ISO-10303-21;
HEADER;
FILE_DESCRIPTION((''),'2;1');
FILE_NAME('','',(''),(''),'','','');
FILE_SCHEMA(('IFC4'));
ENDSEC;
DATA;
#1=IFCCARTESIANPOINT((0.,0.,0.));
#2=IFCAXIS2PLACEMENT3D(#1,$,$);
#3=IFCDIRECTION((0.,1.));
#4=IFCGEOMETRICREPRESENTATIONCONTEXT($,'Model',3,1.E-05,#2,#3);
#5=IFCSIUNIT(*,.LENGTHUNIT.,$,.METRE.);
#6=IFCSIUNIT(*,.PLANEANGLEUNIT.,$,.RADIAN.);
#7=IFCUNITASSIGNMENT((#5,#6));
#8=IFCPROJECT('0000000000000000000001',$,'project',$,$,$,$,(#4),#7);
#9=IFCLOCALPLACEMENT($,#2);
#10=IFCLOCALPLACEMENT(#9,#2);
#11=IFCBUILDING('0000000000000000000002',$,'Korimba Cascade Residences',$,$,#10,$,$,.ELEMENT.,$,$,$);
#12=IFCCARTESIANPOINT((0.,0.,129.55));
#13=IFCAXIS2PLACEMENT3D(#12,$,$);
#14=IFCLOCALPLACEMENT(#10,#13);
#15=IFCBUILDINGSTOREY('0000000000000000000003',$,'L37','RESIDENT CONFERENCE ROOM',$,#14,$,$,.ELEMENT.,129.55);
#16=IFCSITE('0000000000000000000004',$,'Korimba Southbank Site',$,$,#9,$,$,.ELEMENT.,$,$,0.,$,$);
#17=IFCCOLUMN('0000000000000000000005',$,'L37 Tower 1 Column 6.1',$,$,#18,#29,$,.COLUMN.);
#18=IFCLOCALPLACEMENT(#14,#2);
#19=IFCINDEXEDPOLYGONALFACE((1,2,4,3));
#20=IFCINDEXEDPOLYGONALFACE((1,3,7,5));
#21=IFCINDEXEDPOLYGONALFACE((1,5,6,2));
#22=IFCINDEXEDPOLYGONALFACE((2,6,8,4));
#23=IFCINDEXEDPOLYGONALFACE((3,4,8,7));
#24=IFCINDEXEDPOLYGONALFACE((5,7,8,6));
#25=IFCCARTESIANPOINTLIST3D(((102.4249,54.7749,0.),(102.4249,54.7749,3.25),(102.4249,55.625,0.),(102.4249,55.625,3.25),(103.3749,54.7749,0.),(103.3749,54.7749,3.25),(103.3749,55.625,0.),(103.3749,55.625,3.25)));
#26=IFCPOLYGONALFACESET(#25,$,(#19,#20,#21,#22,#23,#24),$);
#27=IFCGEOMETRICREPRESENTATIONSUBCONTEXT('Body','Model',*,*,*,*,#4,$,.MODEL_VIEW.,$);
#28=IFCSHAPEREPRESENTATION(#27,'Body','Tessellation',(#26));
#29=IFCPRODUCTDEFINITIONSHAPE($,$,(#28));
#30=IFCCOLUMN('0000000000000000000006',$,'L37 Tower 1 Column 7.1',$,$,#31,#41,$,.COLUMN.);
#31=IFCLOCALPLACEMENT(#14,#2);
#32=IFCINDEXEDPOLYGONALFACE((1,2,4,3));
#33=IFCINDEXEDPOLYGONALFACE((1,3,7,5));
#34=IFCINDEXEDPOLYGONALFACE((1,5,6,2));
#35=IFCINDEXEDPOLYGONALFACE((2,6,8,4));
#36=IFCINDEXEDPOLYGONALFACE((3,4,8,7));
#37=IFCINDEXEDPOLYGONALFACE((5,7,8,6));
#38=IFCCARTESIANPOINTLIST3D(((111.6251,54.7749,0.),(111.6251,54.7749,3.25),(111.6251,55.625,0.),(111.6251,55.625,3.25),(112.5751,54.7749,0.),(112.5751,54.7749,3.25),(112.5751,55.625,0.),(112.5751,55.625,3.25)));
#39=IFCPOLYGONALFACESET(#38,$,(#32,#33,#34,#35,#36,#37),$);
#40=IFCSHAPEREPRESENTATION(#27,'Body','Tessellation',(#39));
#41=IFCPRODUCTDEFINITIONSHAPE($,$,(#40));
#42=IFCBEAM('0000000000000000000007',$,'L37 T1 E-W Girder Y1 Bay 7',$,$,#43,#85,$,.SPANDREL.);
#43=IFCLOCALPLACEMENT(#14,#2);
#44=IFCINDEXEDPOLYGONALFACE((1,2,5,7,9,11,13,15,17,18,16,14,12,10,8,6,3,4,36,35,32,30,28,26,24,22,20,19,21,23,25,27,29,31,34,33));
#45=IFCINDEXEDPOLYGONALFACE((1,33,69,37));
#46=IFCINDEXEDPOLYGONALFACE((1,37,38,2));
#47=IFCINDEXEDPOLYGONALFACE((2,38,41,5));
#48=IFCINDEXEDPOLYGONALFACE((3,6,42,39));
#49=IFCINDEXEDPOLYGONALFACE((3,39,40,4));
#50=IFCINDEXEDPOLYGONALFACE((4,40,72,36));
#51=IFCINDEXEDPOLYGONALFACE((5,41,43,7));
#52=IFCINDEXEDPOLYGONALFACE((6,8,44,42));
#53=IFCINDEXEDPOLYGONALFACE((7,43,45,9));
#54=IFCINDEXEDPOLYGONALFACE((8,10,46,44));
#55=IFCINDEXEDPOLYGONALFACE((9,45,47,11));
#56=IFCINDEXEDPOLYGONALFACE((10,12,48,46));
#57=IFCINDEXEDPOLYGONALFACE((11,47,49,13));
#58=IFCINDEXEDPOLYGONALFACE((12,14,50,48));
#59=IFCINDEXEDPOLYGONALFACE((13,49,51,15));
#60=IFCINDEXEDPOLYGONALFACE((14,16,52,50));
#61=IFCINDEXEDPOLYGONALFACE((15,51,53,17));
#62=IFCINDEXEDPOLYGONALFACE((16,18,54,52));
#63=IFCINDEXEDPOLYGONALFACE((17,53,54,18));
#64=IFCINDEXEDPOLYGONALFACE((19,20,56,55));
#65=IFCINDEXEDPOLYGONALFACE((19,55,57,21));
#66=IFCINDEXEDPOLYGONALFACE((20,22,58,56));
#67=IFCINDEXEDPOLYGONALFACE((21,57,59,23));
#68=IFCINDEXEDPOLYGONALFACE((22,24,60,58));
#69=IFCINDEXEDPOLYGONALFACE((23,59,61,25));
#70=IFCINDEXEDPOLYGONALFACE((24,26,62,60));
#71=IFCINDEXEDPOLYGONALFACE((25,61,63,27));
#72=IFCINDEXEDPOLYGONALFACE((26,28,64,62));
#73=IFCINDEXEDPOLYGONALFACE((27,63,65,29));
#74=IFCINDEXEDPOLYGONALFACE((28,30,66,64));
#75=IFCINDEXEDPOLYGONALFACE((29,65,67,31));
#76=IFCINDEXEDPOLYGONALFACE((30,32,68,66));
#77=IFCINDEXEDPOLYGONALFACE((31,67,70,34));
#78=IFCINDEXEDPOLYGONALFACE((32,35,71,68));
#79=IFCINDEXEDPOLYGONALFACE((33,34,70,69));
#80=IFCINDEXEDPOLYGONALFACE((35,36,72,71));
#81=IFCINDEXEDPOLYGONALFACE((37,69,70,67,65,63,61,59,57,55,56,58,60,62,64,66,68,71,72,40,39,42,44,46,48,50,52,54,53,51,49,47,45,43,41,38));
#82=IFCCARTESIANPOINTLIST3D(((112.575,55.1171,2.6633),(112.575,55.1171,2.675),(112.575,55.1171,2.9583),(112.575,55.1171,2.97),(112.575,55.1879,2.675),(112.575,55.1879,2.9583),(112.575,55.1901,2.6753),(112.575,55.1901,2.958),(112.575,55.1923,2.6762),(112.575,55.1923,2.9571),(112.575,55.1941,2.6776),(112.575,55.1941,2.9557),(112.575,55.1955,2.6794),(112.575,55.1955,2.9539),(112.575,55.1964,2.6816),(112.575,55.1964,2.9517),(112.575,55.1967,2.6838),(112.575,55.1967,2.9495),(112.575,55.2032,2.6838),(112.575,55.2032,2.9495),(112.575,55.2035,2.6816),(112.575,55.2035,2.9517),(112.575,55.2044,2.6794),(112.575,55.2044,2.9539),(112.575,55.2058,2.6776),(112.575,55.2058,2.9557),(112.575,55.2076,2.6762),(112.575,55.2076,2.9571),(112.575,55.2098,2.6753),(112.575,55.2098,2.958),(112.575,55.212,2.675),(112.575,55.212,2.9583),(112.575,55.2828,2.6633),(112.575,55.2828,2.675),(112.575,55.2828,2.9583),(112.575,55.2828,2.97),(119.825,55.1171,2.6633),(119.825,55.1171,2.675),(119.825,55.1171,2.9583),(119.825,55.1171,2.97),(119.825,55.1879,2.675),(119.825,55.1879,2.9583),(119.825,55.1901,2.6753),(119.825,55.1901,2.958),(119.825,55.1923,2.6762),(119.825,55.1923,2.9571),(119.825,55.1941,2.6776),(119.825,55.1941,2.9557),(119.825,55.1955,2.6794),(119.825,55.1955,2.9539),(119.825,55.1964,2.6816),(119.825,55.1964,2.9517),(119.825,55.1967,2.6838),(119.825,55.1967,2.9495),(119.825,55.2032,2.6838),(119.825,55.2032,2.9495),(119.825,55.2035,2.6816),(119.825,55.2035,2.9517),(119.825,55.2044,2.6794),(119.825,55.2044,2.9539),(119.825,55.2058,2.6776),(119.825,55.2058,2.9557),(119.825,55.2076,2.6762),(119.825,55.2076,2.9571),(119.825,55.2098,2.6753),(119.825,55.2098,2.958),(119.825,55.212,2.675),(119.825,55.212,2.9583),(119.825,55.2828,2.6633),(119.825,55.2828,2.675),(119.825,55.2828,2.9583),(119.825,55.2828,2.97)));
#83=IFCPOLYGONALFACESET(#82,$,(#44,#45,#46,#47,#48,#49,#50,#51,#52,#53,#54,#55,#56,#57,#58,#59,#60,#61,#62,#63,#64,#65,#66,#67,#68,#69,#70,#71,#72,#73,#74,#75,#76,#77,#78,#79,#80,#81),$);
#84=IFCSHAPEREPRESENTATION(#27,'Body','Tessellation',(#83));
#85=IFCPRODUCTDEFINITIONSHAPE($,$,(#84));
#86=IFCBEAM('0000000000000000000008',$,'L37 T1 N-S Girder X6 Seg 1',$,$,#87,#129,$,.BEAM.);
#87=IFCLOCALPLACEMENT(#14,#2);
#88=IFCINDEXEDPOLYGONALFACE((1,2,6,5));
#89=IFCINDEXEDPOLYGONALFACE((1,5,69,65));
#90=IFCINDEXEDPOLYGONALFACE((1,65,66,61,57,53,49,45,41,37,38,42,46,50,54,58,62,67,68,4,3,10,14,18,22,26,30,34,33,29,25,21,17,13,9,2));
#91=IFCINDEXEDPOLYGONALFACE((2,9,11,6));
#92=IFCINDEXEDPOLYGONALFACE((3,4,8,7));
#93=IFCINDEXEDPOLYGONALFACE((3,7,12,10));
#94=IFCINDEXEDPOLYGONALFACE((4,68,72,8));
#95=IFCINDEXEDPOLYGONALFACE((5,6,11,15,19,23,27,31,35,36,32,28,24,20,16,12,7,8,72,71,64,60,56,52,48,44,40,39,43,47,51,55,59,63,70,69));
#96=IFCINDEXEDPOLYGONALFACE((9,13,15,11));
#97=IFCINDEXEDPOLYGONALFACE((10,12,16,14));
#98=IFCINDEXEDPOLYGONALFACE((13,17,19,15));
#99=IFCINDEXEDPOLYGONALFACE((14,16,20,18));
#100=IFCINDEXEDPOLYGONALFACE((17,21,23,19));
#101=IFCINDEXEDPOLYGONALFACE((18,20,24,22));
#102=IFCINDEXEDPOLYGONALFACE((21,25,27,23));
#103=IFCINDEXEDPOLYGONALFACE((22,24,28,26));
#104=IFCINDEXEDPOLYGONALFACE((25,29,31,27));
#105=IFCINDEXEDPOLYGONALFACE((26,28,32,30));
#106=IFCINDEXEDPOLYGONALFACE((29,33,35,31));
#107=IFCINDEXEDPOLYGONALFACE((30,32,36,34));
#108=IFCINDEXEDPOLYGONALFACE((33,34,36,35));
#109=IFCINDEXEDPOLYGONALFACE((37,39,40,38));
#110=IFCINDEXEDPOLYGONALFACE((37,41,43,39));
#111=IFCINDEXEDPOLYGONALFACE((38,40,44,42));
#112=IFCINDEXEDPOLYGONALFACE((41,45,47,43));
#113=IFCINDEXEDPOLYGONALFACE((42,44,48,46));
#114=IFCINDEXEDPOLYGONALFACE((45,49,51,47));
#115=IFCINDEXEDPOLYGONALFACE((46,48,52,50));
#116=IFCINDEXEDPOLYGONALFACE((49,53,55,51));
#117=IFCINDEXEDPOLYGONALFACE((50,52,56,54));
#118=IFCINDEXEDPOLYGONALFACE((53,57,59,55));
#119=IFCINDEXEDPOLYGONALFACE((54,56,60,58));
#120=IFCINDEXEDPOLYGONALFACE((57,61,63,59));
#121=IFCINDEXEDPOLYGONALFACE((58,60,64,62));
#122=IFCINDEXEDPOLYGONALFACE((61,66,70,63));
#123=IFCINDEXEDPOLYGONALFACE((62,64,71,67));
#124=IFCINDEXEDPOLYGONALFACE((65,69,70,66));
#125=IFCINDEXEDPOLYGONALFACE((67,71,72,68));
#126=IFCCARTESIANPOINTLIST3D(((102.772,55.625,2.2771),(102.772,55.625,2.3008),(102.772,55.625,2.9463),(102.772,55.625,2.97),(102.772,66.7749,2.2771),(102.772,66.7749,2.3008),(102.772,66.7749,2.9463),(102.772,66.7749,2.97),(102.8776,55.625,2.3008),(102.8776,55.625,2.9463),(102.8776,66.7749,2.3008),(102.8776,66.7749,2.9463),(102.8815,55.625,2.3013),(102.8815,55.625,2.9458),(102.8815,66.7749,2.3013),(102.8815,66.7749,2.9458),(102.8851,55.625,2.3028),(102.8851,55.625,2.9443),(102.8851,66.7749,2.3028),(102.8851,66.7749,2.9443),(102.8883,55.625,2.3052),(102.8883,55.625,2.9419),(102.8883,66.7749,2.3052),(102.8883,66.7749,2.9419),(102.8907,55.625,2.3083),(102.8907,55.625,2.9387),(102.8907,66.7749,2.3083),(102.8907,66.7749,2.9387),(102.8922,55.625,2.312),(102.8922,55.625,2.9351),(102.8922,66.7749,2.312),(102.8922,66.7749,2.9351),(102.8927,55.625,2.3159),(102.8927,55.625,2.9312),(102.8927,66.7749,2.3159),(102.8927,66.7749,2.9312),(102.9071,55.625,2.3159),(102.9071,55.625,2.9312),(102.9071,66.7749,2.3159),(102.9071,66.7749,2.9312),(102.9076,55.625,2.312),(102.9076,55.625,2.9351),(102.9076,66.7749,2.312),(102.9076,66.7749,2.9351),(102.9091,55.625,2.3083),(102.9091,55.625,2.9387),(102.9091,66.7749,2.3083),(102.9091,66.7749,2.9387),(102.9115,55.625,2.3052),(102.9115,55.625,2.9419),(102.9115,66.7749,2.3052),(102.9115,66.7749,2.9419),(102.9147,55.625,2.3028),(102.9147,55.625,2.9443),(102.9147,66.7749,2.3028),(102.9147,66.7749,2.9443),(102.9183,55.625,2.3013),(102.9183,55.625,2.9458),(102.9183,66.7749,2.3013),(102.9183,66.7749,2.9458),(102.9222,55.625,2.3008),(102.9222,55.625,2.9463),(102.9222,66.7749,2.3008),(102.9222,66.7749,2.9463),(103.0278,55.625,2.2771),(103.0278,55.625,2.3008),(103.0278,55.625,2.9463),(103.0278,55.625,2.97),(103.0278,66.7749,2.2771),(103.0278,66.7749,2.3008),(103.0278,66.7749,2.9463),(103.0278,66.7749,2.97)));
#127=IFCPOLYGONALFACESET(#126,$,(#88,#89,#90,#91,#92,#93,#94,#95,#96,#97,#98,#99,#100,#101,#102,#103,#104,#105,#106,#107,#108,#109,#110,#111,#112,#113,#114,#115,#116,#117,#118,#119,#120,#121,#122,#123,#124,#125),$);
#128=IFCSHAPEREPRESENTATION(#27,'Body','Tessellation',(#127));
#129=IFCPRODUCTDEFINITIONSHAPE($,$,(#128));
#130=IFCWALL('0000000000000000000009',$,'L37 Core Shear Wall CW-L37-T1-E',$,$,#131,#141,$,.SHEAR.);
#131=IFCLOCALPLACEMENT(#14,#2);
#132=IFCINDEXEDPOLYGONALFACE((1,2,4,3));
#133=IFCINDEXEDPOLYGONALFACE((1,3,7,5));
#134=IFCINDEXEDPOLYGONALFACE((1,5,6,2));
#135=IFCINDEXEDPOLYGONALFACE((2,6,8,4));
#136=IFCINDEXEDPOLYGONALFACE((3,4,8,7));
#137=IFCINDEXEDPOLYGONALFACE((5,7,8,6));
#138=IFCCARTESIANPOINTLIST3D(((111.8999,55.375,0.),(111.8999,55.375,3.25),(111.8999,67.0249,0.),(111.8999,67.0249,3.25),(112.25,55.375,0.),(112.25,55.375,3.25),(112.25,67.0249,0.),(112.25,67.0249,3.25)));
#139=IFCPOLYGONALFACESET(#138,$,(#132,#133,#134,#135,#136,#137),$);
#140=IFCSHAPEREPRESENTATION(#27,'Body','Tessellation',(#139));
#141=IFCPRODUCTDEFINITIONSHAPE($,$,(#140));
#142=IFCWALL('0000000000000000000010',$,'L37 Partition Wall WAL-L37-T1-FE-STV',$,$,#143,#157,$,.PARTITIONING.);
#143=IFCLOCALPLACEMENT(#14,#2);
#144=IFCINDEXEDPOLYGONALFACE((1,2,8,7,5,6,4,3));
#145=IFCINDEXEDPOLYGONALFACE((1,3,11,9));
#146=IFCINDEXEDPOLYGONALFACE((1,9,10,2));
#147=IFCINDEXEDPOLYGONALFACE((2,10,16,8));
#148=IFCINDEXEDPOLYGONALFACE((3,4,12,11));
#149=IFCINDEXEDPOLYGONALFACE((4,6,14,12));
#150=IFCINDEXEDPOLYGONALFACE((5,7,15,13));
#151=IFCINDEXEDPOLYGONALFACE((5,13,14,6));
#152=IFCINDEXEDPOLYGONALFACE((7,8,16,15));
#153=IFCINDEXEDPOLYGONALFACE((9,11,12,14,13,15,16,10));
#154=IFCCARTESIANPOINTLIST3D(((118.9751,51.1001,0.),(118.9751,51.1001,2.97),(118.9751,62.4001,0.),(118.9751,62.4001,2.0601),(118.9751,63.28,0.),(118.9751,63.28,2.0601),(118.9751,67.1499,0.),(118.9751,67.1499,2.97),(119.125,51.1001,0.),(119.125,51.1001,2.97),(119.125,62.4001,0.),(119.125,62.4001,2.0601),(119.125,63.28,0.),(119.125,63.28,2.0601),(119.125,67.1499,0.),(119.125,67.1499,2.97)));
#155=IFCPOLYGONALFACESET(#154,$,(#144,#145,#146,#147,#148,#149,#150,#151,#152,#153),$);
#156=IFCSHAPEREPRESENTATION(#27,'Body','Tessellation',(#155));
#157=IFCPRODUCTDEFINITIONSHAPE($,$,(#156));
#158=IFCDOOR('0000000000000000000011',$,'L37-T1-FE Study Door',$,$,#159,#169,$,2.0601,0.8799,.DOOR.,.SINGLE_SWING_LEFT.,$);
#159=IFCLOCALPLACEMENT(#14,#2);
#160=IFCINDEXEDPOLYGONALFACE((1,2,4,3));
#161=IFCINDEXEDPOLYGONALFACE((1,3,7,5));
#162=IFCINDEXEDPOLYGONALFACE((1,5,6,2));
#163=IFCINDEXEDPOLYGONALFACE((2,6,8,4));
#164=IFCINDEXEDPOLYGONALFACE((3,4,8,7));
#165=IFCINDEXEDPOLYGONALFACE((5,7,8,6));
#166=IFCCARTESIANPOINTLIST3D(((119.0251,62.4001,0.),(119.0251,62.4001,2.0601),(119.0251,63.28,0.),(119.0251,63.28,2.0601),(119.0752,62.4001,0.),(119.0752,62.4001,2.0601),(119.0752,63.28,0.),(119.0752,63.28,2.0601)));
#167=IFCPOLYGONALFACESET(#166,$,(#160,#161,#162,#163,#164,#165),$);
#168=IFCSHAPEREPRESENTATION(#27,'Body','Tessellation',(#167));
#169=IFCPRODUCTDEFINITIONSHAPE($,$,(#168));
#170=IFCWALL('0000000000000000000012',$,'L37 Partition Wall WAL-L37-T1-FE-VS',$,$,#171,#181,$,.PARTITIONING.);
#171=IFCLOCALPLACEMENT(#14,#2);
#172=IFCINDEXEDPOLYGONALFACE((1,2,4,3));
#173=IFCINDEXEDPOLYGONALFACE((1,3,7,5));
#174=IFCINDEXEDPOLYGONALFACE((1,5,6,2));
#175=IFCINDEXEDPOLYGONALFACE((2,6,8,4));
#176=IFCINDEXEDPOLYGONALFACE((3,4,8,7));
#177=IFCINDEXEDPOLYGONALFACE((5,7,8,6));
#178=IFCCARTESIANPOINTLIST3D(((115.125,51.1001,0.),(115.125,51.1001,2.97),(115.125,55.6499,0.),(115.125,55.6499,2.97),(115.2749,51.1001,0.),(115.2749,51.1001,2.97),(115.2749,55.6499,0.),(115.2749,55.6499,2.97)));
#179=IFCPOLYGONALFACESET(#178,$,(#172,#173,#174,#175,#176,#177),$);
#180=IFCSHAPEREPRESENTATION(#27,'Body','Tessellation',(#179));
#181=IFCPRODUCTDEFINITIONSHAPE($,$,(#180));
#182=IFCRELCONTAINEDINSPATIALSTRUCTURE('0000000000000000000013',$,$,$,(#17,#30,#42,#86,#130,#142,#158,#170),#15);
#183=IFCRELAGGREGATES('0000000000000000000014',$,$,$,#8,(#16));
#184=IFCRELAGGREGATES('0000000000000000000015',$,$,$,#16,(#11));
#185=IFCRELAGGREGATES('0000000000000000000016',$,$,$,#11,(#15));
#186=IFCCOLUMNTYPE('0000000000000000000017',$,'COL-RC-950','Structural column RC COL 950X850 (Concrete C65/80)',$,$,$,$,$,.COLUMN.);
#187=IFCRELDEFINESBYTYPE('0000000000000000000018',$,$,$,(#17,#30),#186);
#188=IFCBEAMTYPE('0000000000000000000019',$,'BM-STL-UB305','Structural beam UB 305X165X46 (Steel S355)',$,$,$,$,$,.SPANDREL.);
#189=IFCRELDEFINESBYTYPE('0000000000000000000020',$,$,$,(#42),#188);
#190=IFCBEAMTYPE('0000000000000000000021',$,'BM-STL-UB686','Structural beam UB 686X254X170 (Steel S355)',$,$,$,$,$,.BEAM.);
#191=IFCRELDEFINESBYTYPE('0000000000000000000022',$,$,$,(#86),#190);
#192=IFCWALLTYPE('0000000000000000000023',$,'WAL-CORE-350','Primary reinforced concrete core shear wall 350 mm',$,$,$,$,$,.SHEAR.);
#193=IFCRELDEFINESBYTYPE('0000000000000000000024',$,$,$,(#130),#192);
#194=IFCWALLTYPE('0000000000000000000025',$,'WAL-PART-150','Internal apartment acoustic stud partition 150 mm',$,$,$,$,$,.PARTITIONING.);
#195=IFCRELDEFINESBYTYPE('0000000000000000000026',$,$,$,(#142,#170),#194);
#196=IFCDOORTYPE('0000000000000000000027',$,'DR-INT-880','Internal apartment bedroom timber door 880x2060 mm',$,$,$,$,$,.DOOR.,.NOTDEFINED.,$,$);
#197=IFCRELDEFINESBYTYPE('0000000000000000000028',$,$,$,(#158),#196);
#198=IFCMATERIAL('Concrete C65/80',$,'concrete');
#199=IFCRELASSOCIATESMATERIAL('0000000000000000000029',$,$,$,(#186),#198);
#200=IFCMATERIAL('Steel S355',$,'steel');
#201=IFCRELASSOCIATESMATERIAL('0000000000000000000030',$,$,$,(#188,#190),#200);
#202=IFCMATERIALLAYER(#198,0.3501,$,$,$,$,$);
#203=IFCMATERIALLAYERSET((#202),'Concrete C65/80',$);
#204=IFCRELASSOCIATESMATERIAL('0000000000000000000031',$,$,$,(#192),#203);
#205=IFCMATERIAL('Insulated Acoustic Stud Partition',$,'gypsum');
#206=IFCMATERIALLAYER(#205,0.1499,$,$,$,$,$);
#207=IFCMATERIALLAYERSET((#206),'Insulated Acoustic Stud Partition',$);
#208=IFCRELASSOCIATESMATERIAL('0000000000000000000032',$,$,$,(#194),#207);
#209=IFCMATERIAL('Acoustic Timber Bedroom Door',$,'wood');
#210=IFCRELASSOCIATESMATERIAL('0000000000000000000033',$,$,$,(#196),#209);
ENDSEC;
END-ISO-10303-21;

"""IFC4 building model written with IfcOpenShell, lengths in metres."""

from ifc_helpers import new_model, si_unit, direction, frame, frame_2d, origin, origin_2d, place, context, subcontext, project, spatial, rectangle, i_section, extrude, material, layer, layer_set, material_profile, profile_set, type_object, element, fill, save


model = new_model("IFC4")

# Units and contexts
model_context = context("Model", 3, precision=1e-05, world=origin(), true_north=direction((0.0, 1.0)))
body_context = subcontext(model_context, "Body", "Model", "MODEL_VIEW")
ifc_project = project(units=[si_unit("LENGTHUNIT", "METRE"), si_unit("PLANEANGLEUNIT", "RADIAN")], contexts=[model_context])

# Site, building, storey
site_placement = place(None, origin())
site = spatial("IfcSite", under=ifc_project, at=site_placement, Name="Korimba Southbank Site", CompositionType="ELEMENT", RefElevation=0.0)
building_placement = place(site_placement, origin())
building = spatial("IfcBuilding", under=site, at=building_placement, Name="Korimba Cascade Residences", CompositionType="ELEMENT")
storey_placement = place(building_placement, frame((0.0, 0.0, 129.55)))
storey = spatial("IfcBuildingStorey", under=building, at=storey_placement, Name="L37", Description="RESIDENT CONFERENCE ROOM", CompositionType="ELEMENT", Elevation=129.55)

# Columns
ifc_material_1 = material(Name="Concrete C65/80", Category="concrete")
ifc_material_profile_1 = material_profile(ifc_material_1, rectangle(XDim=0.95, YDim=0.8501, at=origin_2d()), Name="Concrete C65/80")
ifc_profile_set_1 = profile_set([ifc_material_profile_1], Name="Concrete C65/80")
column_type = type_object("IfcColumnType", Name="COL-RC-950", Description="Structural column RC COL 950X850 (Concrete C65/80)", PredefinedType="COLUMN", material=ifc_profile_set_1)
for number, where, z_axis, x_axis, name in (
    (1, (102.8999, 55.2, 0.0), (0.0, 0.0, 1.0), (1.0, 0.0, 0.0), "L37 Tower 1 Column 6.1"),
    (2, (112.1001, 55.2, 0.0), (0.0, 0.0, 1.0), (1.0, 0.0, 0.0), "L37 Tower 1 Column 7.1"),
):
    element("IfcColumn", number, at=place(storey_placement, frame(where, z_axis=z_axis, x_axis=x_axis)), inside=storey, type_object=column_type, Name=name, PredefinedType="COLUMN", context=body_context, shape_type="SweptSolid", body=[
        extrude(rectangle(XDim=0.95, YDim=0.8501, at=origin_2d()), origin(), (0.0, 0.0, 1.0), 3.25),
    ])

# Beams
ifc_material_2 = material(Name="Steel S355", Category="steel")
ifc_material_profile_2 = material_profile(ifc_material_2, i_section(OverallWidth=0.1658, OverallDepth=0.3066, WebThickness=0.0066, FlangeThickness=0.0117, FilletRadius=0.0088, at=origin_2d()), Name="Steel S355")
ifc_profile_set_2 = profile_set([ifc_material_profile_2], Name="Steel S355")
beam_type_1 = type_object("IfcBeamType", Name="BM-STL-UB305", Description="Structural beam UB 305X165X46 (Steel S355)", PredefinedType="SPANDREL", material=ifc_profile_set_2)
beam_1_placement = place(storey_placement, frame((112.575, 55.2, 2.8167), z_axis=(1.0, 0.0, 0.0), x_axis=(0.0, 1.0, 0.0)))
element("IfcBeam", 3, at=beam_1_placement, inside=storey, type_object=beam_type_1, Name="L37 T1 E-W Girder Y1 Bay 7", PredefinedType="SPANDREL", context=body_context, shape_type="SweptSolid", body=[
    extrude(i_section(OverallWidth=0.1658, OverallDepth=0.3066, WebThickness=0.0066, FlangeThickness=0.0117, FilletRadius=0.0088, at=origin_2d()), origin(), (0.0, 0.0, 1.0), 7.25),
])
ifc_material_profile_3 = material_profile(ifc_material_2, i_section(OverallWidth=0.2559, OverallDepth=0.6929, WebThickness=0.0144, FlangeThickness=0.0237, FilletRadius=0.0151, at=origin_2d()), Name="Steel S355")
ifc_profile_set_3 = profile_set([ifc_material_profile_3], Name="Steel S355")
beam_type_2 = type_object("IfcBeamType", Name="BM-STL-UB686", Description="Structural beam UB 686X254X170 (Steel S355)", PredefinedType="BEAM", material=ifc_profile_set_3)
beam_2_placement = place(storey_placement, frame((102.8999, 55.625, 2.6235), z_axis=(0.0, 1.0, 0.0), x_axis=(-1.0, 0.0, 0.0)))
element("IfcBeam", 4, at=beam_2_placement, inside=storey, type_object=beam_type_2, Name="L37 T1 N-S Girder X6 Seg 1", PredefinedType="BEAM", context=body_context, shape_type="SweptSolid", body=[
    extrude(i_section(OverallWidth=0.2559, OverallDepth=0.6929, WebThickness=0.0144, FlangeThickness=0.0237, FilletRadius=0.0151, at=origin_2d()), origin(), (0.0, 0.0, 1.0), 11.1499),
])

# Wall
ifc_layer_1 = layer(ifc_material_1, 0.3501)
ifc_layer_set_1 = layer_set([ifc_layer_1], Name="Concrete C65/80")
wall_type_1 = type_object("IfcWallType", Name="WAL-CORE-350", Description="Primary reinforced concrete core shear wall 350 mm", PredefinedType="SHEAR", material=ifc_layer_set_1)
wall_1_placement = place(storey_placement, frame((112.075, 55.375, 0.0), z_axis=(0.0, 0.0, 1.0), x_axis=(0.0, 1.0, 0.0)))
element("IfcWall", 5, at=wall_1_placement, inside=storey, type_object=wall_type_1, Name="L37 Core Shear Wall CW-L37-T1-E", PredefinedType="SHEAR", context=body_context, shape_type="SweptSolid", body=[
    extrude(rectangle(XDim=11.6499, YDim=0.3501, at=frame_2d((5.825, 0.0))), origin(), (0.0, 0.0, 1.0), 3.25),
])

# Wall, opening, door
ifc_material_3 = material(Name="Insulated Acoustic Stud Partition", Category="gypsum")
ifc_layer_2 = layer(ifc_material_3, 0.1499)
ifc_layer_set_2 = layer_set([ifc_layer_2], Name="Insulated Acoustic Stud Partition")
wall_type_2 = type_object("IfcWallType", Name="WAL-PART-150", Description="Internal apartment acoustic stud partition 150 mm", PredefinedType="PARTITIONING", material=ifc_layer_set_2)
wall_2_placement = place(storey_placement, frame((119.05, 51.1001, 0.0), z_axis=(0.0, 0.0, 1.0), x_axis=(0.0, 1.0, 0.0)))
wall_2 = element("IfcWall", 6, at=wall_2_placement, inside=storey, type_object=wall_type_2, Name="L37 Partition Wall WAL-L37-T1-FE-STV", PredefinedType="PARTITIONING", context=body_context, shape_type="SweptSolid", body=[
    extrude(rectangle(XDim=16.0498, YDim=0.1499, at=frame_2d((8.0249, 0.0))), origin(), (0.0, 0.0, 1.0), 2.97),
])
opening_1_placement = place(wall_2_placement, frame((11.3, 0.0, 0.0)))
opening_1 = element("IfcOpeningElement", 7, at=opening_1_placement, cuts=wall_2, PredefinedType="OPENING", context=body_context, shape_type="SweptSolid", body=[
    extrude(rectangle(XDim=0.8799, YDim=2.0601, at=frame_2d((0.4399, 1.03))), frame((0.0, 0.085, 0.0), z_axis=(0.0, -1.0, 0.0), x_axis=(1.0, 0.0, 0.0)), (0.0, 0.0, 1.0), 0.1699),
])
ifc_material_4 = material(Name="Acoustic Timber Bedroom Door", Category="wood")
door_type_1 = type_object("IfcDoorType", Name="DR-INT-880", Description="Internal apartment bedroom timber door 880x2060 mm", OperationType="NOTDEFINED", PredefinedType="DOOR", material=ifc_material_4)
door_1_placement = place(opening_1_placement, origin())
door_1 = element("IfcDoor", 8, at=door_1_placement, inside=storey, type_object=door_type_1, Name="L37-T1-FE Study Door", OperationType="SINGLE_SWING_LEFT", OverallHeight=2.0601, OverallWidth=0.8799, PredefinedType="DOOR", context=body_context, shape_type="SweptSolid", body=[
    extrude(rectangle(XDim=0.8799, YDim=2.0601, at=frame_2d((0.4399, 1.03))), frame((0.0, 0.0249, 0.0), z_axis=(0.0, -1.0, 0.0), x_axis=(1.0, 0.0, 0.0)), (0.0, 0.0, 1.0), 0.05),
])
fill(opening_1, door_1)

# Wall
wall_3_placement = place(storey_placement, frame((115.2, 51.1001, 0.0), z_axis=(0.0, 0.0, 1.0), x_axis=(0.0, 1.0, 0.0)))
element("IfcWall", 9, at=wall_3_placement, inside=storey, type_object=wall_type_2, Name="L37 Partition Wall WAL-L37-T1-FE-VS", PredefinedType="PARTITIONING", context=body_context, shape_type="SweptSolid", body=[
    extrude(rectangle(XDim=4.5498, YDim=0.1499, at=frame_2d((2.2749, 0.0))), origin(), (0.0, 0.0, 1.0), 2.97),
])

save(model, "model.ifc")
